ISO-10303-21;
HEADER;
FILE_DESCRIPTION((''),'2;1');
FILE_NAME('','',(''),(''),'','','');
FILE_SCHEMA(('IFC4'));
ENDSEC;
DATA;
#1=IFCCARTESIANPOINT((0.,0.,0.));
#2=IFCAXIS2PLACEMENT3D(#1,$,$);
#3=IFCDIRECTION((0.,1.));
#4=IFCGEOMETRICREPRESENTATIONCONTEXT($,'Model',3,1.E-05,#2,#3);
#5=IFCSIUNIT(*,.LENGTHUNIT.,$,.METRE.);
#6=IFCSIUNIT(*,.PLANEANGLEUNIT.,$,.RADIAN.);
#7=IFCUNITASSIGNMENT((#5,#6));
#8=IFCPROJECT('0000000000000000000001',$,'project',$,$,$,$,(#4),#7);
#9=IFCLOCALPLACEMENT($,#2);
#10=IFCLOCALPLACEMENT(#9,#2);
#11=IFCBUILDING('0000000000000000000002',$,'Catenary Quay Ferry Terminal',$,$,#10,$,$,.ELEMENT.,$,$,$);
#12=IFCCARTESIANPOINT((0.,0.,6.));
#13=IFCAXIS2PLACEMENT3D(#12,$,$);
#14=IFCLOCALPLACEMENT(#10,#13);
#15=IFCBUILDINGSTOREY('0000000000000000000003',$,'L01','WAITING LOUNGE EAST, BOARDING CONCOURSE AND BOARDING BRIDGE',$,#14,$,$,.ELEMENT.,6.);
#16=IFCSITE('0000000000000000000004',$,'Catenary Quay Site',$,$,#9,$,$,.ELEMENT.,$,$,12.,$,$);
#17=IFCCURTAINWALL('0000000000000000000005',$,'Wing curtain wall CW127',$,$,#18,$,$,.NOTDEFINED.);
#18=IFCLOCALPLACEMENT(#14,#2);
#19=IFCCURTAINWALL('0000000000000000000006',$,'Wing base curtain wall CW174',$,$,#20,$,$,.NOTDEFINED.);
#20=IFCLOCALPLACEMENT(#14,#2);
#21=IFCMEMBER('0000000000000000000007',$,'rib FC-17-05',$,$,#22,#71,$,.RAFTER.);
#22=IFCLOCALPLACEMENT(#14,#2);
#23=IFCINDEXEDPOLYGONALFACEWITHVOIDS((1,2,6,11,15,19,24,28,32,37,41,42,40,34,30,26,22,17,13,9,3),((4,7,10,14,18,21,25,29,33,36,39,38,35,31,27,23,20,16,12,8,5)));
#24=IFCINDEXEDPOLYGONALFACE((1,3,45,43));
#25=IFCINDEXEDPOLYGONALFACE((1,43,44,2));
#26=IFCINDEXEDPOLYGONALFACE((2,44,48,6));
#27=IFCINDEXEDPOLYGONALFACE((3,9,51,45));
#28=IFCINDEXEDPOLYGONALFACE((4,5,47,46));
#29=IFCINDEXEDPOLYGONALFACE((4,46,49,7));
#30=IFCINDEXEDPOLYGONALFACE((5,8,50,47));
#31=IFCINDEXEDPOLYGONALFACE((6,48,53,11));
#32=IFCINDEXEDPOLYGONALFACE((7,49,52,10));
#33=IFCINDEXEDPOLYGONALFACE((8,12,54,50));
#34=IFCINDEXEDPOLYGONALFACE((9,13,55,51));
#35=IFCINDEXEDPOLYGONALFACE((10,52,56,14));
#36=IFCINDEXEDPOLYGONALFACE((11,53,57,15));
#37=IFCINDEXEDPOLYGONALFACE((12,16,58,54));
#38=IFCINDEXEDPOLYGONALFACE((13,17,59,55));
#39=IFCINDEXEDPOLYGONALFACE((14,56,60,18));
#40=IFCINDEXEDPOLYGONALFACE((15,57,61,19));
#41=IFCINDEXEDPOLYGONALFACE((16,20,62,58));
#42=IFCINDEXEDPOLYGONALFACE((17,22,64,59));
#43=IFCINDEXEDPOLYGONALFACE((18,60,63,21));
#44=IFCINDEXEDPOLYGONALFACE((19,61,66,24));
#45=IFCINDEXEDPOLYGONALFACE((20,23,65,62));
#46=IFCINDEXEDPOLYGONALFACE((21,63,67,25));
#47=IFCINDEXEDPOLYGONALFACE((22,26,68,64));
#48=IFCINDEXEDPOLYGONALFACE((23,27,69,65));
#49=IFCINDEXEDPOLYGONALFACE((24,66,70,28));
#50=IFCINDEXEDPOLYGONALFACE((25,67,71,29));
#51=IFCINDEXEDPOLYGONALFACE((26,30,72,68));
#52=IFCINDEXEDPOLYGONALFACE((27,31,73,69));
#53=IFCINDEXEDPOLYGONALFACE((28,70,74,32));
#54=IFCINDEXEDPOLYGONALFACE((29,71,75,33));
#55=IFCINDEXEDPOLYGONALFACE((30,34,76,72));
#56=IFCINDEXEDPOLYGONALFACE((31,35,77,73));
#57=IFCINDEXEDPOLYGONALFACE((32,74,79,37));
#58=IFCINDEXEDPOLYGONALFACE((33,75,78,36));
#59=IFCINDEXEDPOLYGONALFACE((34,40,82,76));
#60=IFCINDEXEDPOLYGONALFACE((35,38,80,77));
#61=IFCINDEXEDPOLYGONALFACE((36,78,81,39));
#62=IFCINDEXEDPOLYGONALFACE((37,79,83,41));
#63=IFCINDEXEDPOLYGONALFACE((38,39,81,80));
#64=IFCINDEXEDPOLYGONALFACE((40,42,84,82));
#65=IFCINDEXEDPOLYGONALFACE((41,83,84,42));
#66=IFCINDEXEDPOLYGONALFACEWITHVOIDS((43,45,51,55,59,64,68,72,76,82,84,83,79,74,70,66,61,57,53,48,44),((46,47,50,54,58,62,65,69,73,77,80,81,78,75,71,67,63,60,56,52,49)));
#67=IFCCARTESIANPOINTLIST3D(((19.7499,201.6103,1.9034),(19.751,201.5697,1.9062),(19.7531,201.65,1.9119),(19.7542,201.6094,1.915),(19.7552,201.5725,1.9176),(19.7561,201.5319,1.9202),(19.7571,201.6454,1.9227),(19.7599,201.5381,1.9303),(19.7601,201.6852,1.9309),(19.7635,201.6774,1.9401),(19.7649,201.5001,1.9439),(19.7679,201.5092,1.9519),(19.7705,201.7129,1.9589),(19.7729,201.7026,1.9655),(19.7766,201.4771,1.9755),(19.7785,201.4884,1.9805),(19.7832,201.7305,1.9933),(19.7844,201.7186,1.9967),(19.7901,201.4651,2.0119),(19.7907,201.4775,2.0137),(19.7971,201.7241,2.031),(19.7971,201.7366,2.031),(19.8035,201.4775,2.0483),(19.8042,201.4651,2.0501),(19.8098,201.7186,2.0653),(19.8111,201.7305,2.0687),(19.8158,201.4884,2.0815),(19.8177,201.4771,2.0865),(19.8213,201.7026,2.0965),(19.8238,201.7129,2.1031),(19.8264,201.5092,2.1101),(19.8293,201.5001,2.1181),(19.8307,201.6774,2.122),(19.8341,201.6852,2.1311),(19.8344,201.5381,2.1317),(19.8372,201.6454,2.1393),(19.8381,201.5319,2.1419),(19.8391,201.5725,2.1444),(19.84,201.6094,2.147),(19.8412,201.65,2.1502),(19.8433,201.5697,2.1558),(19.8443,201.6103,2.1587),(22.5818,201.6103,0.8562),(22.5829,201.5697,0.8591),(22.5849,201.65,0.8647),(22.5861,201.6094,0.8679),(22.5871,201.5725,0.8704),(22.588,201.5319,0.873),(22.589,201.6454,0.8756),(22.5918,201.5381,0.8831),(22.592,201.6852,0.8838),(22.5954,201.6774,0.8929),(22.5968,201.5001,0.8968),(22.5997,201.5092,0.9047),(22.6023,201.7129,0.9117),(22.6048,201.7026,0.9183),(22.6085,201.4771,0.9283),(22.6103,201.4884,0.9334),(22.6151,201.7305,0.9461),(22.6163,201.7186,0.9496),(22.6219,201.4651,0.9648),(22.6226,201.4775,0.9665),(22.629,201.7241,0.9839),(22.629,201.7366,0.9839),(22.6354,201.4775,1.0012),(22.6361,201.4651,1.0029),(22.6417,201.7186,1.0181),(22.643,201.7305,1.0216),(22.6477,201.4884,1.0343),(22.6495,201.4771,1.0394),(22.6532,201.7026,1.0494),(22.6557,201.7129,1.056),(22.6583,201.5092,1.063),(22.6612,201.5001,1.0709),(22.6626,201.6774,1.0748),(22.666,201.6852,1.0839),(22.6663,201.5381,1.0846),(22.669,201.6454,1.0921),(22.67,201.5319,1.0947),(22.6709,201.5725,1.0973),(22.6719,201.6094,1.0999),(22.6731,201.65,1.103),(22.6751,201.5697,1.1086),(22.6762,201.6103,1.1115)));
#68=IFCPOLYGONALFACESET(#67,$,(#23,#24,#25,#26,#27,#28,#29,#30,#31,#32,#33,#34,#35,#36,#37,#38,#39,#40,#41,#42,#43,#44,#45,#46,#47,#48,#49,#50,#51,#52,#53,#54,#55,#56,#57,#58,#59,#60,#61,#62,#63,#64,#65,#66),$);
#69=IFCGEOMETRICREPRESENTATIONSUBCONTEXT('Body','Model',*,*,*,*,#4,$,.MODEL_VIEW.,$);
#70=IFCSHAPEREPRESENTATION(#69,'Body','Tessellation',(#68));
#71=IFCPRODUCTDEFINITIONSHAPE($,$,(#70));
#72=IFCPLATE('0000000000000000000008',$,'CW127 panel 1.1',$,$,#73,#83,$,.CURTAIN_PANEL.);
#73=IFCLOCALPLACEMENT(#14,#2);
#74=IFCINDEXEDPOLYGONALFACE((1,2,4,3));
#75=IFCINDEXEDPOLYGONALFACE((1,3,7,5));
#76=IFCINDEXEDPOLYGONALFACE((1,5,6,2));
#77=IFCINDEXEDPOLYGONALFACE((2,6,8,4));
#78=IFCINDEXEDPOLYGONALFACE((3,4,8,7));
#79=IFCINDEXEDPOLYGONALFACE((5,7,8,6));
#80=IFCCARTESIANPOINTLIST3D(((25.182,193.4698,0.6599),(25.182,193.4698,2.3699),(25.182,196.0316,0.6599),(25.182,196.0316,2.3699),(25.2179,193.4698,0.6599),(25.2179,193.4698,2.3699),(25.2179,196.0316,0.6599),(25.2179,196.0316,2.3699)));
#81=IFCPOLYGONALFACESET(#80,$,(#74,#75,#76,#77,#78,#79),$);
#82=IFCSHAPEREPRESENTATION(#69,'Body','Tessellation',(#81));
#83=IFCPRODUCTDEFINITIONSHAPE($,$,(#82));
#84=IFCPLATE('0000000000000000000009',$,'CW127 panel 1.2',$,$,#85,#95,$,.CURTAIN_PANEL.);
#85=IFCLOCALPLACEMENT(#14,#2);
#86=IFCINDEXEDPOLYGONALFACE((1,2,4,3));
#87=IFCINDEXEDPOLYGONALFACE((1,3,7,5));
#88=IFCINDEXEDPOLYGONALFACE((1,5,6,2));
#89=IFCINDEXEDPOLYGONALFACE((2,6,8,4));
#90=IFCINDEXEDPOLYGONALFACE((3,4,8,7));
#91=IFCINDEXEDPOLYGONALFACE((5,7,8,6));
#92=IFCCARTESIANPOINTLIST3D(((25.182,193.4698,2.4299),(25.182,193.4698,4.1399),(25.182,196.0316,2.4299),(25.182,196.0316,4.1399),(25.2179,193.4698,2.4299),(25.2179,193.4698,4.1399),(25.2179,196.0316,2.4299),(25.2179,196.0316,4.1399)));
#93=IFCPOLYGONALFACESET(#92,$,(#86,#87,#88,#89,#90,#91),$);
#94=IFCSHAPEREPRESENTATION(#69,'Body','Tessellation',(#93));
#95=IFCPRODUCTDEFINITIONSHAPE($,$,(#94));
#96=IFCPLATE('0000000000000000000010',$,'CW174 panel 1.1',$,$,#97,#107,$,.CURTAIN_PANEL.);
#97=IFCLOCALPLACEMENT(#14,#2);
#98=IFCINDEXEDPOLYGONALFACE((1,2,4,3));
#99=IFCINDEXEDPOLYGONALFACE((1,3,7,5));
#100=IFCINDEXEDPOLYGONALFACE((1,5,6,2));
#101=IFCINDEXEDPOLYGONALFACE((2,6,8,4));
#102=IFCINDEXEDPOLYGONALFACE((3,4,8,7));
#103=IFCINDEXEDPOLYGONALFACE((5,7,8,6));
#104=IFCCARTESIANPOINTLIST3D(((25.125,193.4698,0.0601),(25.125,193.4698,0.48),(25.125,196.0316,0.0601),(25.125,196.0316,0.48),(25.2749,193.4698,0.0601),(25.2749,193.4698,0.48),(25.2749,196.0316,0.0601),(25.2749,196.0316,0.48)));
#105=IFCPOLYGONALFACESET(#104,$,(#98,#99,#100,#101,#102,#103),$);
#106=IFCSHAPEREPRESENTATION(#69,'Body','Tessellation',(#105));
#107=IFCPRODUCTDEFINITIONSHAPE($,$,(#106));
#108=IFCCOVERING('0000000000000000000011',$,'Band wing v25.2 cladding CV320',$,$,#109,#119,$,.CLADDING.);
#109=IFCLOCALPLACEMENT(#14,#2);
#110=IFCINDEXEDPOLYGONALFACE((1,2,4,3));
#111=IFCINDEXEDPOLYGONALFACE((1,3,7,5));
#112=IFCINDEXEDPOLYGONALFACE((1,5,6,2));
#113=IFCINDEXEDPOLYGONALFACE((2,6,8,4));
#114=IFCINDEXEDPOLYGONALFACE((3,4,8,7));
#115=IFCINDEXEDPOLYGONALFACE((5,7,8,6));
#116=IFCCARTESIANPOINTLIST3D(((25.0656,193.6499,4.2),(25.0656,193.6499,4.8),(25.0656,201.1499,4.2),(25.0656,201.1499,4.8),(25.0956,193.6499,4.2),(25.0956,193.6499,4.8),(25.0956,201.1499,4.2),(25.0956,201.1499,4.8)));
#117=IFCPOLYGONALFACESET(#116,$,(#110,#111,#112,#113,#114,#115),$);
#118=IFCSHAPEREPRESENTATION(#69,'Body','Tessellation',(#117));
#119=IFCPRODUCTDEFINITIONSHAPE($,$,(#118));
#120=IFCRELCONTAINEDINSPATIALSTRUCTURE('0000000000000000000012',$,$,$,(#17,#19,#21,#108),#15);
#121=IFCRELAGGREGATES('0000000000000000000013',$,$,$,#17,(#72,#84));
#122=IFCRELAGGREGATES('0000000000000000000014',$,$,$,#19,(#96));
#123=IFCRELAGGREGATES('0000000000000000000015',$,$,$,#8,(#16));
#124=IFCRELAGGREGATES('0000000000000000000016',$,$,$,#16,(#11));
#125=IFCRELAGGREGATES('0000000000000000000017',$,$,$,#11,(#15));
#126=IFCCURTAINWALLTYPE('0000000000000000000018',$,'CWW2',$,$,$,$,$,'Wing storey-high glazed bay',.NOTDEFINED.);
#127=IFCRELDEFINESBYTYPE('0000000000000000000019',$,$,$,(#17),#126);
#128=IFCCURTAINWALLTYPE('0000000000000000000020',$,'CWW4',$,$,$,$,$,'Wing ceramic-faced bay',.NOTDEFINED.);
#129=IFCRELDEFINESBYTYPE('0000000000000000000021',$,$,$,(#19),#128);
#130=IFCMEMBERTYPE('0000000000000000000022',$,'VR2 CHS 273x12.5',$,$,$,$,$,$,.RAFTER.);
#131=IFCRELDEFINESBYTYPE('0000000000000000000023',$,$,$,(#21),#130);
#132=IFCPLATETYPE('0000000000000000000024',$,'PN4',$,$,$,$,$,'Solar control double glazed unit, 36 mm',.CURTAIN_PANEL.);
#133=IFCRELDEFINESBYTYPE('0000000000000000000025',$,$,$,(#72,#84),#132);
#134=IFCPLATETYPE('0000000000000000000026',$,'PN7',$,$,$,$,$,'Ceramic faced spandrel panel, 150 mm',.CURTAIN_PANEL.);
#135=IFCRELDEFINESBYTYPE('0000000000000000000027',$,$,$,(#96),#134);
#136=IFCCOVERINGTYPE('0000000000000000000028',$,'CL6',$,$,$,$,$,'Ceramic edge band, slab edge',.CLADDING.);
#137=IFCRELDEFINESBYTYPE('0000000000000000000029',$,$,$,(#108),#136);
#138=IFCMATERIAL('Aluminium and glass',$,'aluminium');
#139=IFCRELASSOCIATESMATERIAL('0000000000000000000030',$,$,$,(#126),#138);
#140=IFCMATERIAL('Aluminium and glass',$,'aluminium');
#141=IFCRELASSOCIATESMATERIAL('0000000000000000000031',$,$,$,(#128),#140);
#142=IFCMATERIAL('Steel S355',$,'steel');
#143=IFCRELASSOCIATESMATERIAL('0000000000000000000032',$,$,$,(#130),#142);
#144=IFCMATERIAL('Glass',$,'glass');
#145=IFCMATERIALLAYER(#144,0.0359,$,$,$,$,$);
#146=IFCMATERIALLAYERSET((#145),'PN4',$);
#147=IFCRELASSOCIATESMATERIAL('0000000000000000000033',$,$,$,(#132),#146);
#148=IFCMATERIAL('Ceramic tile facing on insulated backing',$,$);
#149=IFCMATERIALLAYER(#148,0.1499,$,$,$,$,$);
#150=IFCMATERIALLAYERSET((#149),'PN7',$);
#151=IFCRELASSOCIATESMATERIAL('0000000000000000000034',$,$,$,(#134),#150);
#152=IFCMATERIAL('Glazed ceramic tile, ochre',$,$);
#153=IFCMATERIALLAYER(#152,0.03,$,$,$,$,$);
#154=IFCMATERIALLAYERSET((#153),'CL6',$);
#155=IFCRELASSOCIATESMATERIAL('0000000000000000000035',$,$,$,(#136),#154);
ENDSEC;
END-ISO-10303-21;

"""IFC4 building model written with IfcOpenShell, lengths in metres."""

from ifc_helpers import new_model, si_unit, direction, frame, origin, origin_2d, place, context, subcontext, project, spatial, rectangle, hollow_circle, extrude, material, layer, layer_set, material_profile, profile_set, type_object, element, aggregate, save


model = new_model("IFC4")

# Units and contexts
model_context = context("Model", 3, precision=1e-05, world=origin(), true_north=direction((0.0, 1.0)))
body_context = subcontext(model_context, "Body", "Model", "MODEL_VIEW")
ifc_project = project(units=[si_unit("LENGTHUNIT", "METRE"), si_unit("PLANEANGLEUNIT", "RADIAN")], contexts=[model_context])

# Site, building, storey
site_placement = place(None, origin())
site = spatial("IfcSite", under=ifc_project, at=site_placement, Name="Catenary Quay Site", CompositionType="ELEMENT", RefElevation=12.0)
building_placement = place(site_placement, origin())
building = spatial("IfcBuilding", under=site, at=building_placement, Name="Catenary Quay Ferry Terminal", CompositionType="ELEMENT")
storey_placement = place(building_placement, frame((0.0, 0.0, 6.0)))
storey = spatial("IfcBuildingStorey", under=building, at=storey_placement, Name="L01", Description="WAITING LOUNGE EAST, BOARDING CONCOURSE AND BOARDING BRIDGE", CompositionType="ELEMENT", Elevation=6.0)

# Curtain walls
ifc_material_1 = material(Name="Aluminium and glass", Category="aluminium")
curtain_wall_type_1 = type_object("IfcCurtainWallType", Name="CWW2", ElementType="Wing storey-high glazed bay", PredefinedType="NOTDEFINED", material=ifc_material_1)
curtain_wall_1_placement = place(storey_placement, origin())
curtain_wall_1 = element("IfcCurtainWall", 1, at=curtain_wall_1_placement, inside=storey, type_object=curtain_wall_type_1, Name="Wing curtain wall CW127", PredefinedType="NOTDEFINED")
ifc_material_2 = material(Name="Aluminium and glass", Category="aluminium")
curtain_wall_type_2 = type_object("IfcCurtainWallType", Name="CWW4", ElementType="Wing ceramic-faced bay", PredefinedType="NOTDEFINED", material=ifc_material_2)
curtain_wall_2_placement = place(storey_placement, origin())
curtain_wall_2 = element("IfcCurtainWall", 2, at=curtain_wall_2_placement, inside=storey, type_object=curtain_wall_type_2, Name="Wing base curtain wall CW174", PredefinedType="NOTDEFINED")

# Member
ifc_material_3 = material(Name="Steel S355", Category="steel")
ifc_material_profile_1 = material_profile(ifc_material_3, hollow_circle(Radius=0.1365, WallThickness=0.0125, at=origin_2d()), Name="CHS 273x12.5")
ifc_profile_set_1 = profile_set([ifc_material_profile_1], Name="Steel S355")
member_type_1 = type_object("IfcMemberType", Name="VR2 CHS 273x12.5", PredefinedType="RAFTER", material=ifc_profile_set_1)
member_1_placement = place(storey_placement, frame((19.7971, 201.6001, 2.031), z_axis=(0.937931, 0.0, -0.346822), x_axis=(0.0, 1.0, 0.0)))
element("IfcMember", 3, at=member_1_placement, inside=storey, type_object=member_type_1, Name="rib FC-17-05", PredefinedType="RAFTER", context=body_context, shape_type="SweptSolid", body=[
    extrude(hollow_circle(Radius=0.1365, WallThickness=0.0125, at=origin_2d()), origin(), (0.0, 0.0, 1.0), 3.0193),
])

# Plates
ifc_material_4 = material(Name="Glass", Category="glass")
ifc_layer_1 = layer(ifc_material_4, 0.0359)
ifc_layer_set_1 = layer_set([ifc_layer_1], Name="PN4")
plate_type_1 = type_object("IfcPlateType", Name="PN4", ElementType="Solar control double glazed unit, 36 mm", PredefinedType="CURTAIN_PANEL", material=ifc_layer_set_1)
plate_1_placement = place(storey_placement, frame((25.2, 194.7507, 0.6599), z_axis=(0.0, 0.0, 1.0), x_axis=(0.0, 1.0, 0.0)))
plate_1 = element("IfcPlate", 4, at=plate_1_placement, type_object=plate_type_1, Name="CW127 panel 1.1", PredefinedType="CURTAIN_PANEL", context=body_context, shape_type="SweptSolid", body=[
    extrude(rectangle(XDim=2.5618, YDim=0.0359, at=origin_2d()), origin(), (0.0, 0.0, 1.0), 1.71),
])
plate_2_placement = place(storey_placement, frame((25.2, 194.7507, 2.4299), z_axis=(0.0, 0.0, 1.0), x_axis=(0.0, 1.0, 0.0)))
plate_2 = element("IfcPlate", 5, at=plate_2_placement, type_object=plate_type_1, Name="CW127 panel 1.2", PredefinedType="CURTAIN_PANEL", context=body_context, shape_type="SweptSolid", body=[
    extrude(rectangle(XDim=2.5618, YDim=0.0359, at=origin_2d()), origin(), (0.0, 0.0, 1.0), 1.71),
])
aggregate(curtain_wall_1, [plate_1, plate_2])
ifc_material_5 = material(Name="Ceramic tile facing on insulated backing")
ifc_layer_2 = layer(ifc_material_5, 0.1499)
ifc_layer_set_2 = layer_set([ifc_layer_2], Name="PN7")
plate_type_2 = type_object("IfcPlateType", Name="PN7", ElementType="Ceramic faced spandrel panel, 150 mm", PredefinedType="CURTAIN_PANEL", material=ifc_layer_set_2)
plate_3_placement = place(storey_placement, frame((25.2, 194.7507, 0.0601), z_axis=(0.0, 0.0, 1.0), x_axis=(0.0, 1.0, 0.0)))
plate_3 = element("IfcPlate", 6, at=plate_3_placement, type_object=plate_type_2, Name="CW174 panel 1.1", PredefinedType="CURTAIN_PANEL", context=body_context, shape_type="SweptSolid", body=[
    extrude(rectangle(XDim=2.5618, YDim=0.1499, at=origin_2d()), origin(), (0.0, 0.0, 1.0), 0.4199),
])
aggregate(curtain_wall_2, [plate_3])

# Covering
ifc_material_6 = material(Name="Glazed ceramic tile, ochre")
ifc_layer_3 = layer(ifc_material_6, 0.03)
ifc_layer_set_3 = layer_set([ifc_layer_3], Name="CL6")
covering_type = type_object("IfcCoveringType", Name="CL6", ElementType="Ceramic edge band, slab edge", PredefinedType="CLADDING", material=ifc_layer_set_3)
covering_placement = place(storey_placement, frame((25.0806, 197.3999, 4.2), z_axis=(0.0, 0.0, 1.0), x_axis=(1.0, 0.0, 0.0)))
element("IfcCovering", 7, at=covering_placement, inside=storey, type_object=covering_type, Name="Band wing v25.2 cladding CV320", PredefinedType="CLADDING", context=body_context, shape_type="SweptSolid", body=[
    extrude(rectangle(XDim=0.03, YDim=7.5, at=origin_2d()), origin(), (0.0, 0.0, 1.0), 0.6001),
])

save(model, "model.ifc")
